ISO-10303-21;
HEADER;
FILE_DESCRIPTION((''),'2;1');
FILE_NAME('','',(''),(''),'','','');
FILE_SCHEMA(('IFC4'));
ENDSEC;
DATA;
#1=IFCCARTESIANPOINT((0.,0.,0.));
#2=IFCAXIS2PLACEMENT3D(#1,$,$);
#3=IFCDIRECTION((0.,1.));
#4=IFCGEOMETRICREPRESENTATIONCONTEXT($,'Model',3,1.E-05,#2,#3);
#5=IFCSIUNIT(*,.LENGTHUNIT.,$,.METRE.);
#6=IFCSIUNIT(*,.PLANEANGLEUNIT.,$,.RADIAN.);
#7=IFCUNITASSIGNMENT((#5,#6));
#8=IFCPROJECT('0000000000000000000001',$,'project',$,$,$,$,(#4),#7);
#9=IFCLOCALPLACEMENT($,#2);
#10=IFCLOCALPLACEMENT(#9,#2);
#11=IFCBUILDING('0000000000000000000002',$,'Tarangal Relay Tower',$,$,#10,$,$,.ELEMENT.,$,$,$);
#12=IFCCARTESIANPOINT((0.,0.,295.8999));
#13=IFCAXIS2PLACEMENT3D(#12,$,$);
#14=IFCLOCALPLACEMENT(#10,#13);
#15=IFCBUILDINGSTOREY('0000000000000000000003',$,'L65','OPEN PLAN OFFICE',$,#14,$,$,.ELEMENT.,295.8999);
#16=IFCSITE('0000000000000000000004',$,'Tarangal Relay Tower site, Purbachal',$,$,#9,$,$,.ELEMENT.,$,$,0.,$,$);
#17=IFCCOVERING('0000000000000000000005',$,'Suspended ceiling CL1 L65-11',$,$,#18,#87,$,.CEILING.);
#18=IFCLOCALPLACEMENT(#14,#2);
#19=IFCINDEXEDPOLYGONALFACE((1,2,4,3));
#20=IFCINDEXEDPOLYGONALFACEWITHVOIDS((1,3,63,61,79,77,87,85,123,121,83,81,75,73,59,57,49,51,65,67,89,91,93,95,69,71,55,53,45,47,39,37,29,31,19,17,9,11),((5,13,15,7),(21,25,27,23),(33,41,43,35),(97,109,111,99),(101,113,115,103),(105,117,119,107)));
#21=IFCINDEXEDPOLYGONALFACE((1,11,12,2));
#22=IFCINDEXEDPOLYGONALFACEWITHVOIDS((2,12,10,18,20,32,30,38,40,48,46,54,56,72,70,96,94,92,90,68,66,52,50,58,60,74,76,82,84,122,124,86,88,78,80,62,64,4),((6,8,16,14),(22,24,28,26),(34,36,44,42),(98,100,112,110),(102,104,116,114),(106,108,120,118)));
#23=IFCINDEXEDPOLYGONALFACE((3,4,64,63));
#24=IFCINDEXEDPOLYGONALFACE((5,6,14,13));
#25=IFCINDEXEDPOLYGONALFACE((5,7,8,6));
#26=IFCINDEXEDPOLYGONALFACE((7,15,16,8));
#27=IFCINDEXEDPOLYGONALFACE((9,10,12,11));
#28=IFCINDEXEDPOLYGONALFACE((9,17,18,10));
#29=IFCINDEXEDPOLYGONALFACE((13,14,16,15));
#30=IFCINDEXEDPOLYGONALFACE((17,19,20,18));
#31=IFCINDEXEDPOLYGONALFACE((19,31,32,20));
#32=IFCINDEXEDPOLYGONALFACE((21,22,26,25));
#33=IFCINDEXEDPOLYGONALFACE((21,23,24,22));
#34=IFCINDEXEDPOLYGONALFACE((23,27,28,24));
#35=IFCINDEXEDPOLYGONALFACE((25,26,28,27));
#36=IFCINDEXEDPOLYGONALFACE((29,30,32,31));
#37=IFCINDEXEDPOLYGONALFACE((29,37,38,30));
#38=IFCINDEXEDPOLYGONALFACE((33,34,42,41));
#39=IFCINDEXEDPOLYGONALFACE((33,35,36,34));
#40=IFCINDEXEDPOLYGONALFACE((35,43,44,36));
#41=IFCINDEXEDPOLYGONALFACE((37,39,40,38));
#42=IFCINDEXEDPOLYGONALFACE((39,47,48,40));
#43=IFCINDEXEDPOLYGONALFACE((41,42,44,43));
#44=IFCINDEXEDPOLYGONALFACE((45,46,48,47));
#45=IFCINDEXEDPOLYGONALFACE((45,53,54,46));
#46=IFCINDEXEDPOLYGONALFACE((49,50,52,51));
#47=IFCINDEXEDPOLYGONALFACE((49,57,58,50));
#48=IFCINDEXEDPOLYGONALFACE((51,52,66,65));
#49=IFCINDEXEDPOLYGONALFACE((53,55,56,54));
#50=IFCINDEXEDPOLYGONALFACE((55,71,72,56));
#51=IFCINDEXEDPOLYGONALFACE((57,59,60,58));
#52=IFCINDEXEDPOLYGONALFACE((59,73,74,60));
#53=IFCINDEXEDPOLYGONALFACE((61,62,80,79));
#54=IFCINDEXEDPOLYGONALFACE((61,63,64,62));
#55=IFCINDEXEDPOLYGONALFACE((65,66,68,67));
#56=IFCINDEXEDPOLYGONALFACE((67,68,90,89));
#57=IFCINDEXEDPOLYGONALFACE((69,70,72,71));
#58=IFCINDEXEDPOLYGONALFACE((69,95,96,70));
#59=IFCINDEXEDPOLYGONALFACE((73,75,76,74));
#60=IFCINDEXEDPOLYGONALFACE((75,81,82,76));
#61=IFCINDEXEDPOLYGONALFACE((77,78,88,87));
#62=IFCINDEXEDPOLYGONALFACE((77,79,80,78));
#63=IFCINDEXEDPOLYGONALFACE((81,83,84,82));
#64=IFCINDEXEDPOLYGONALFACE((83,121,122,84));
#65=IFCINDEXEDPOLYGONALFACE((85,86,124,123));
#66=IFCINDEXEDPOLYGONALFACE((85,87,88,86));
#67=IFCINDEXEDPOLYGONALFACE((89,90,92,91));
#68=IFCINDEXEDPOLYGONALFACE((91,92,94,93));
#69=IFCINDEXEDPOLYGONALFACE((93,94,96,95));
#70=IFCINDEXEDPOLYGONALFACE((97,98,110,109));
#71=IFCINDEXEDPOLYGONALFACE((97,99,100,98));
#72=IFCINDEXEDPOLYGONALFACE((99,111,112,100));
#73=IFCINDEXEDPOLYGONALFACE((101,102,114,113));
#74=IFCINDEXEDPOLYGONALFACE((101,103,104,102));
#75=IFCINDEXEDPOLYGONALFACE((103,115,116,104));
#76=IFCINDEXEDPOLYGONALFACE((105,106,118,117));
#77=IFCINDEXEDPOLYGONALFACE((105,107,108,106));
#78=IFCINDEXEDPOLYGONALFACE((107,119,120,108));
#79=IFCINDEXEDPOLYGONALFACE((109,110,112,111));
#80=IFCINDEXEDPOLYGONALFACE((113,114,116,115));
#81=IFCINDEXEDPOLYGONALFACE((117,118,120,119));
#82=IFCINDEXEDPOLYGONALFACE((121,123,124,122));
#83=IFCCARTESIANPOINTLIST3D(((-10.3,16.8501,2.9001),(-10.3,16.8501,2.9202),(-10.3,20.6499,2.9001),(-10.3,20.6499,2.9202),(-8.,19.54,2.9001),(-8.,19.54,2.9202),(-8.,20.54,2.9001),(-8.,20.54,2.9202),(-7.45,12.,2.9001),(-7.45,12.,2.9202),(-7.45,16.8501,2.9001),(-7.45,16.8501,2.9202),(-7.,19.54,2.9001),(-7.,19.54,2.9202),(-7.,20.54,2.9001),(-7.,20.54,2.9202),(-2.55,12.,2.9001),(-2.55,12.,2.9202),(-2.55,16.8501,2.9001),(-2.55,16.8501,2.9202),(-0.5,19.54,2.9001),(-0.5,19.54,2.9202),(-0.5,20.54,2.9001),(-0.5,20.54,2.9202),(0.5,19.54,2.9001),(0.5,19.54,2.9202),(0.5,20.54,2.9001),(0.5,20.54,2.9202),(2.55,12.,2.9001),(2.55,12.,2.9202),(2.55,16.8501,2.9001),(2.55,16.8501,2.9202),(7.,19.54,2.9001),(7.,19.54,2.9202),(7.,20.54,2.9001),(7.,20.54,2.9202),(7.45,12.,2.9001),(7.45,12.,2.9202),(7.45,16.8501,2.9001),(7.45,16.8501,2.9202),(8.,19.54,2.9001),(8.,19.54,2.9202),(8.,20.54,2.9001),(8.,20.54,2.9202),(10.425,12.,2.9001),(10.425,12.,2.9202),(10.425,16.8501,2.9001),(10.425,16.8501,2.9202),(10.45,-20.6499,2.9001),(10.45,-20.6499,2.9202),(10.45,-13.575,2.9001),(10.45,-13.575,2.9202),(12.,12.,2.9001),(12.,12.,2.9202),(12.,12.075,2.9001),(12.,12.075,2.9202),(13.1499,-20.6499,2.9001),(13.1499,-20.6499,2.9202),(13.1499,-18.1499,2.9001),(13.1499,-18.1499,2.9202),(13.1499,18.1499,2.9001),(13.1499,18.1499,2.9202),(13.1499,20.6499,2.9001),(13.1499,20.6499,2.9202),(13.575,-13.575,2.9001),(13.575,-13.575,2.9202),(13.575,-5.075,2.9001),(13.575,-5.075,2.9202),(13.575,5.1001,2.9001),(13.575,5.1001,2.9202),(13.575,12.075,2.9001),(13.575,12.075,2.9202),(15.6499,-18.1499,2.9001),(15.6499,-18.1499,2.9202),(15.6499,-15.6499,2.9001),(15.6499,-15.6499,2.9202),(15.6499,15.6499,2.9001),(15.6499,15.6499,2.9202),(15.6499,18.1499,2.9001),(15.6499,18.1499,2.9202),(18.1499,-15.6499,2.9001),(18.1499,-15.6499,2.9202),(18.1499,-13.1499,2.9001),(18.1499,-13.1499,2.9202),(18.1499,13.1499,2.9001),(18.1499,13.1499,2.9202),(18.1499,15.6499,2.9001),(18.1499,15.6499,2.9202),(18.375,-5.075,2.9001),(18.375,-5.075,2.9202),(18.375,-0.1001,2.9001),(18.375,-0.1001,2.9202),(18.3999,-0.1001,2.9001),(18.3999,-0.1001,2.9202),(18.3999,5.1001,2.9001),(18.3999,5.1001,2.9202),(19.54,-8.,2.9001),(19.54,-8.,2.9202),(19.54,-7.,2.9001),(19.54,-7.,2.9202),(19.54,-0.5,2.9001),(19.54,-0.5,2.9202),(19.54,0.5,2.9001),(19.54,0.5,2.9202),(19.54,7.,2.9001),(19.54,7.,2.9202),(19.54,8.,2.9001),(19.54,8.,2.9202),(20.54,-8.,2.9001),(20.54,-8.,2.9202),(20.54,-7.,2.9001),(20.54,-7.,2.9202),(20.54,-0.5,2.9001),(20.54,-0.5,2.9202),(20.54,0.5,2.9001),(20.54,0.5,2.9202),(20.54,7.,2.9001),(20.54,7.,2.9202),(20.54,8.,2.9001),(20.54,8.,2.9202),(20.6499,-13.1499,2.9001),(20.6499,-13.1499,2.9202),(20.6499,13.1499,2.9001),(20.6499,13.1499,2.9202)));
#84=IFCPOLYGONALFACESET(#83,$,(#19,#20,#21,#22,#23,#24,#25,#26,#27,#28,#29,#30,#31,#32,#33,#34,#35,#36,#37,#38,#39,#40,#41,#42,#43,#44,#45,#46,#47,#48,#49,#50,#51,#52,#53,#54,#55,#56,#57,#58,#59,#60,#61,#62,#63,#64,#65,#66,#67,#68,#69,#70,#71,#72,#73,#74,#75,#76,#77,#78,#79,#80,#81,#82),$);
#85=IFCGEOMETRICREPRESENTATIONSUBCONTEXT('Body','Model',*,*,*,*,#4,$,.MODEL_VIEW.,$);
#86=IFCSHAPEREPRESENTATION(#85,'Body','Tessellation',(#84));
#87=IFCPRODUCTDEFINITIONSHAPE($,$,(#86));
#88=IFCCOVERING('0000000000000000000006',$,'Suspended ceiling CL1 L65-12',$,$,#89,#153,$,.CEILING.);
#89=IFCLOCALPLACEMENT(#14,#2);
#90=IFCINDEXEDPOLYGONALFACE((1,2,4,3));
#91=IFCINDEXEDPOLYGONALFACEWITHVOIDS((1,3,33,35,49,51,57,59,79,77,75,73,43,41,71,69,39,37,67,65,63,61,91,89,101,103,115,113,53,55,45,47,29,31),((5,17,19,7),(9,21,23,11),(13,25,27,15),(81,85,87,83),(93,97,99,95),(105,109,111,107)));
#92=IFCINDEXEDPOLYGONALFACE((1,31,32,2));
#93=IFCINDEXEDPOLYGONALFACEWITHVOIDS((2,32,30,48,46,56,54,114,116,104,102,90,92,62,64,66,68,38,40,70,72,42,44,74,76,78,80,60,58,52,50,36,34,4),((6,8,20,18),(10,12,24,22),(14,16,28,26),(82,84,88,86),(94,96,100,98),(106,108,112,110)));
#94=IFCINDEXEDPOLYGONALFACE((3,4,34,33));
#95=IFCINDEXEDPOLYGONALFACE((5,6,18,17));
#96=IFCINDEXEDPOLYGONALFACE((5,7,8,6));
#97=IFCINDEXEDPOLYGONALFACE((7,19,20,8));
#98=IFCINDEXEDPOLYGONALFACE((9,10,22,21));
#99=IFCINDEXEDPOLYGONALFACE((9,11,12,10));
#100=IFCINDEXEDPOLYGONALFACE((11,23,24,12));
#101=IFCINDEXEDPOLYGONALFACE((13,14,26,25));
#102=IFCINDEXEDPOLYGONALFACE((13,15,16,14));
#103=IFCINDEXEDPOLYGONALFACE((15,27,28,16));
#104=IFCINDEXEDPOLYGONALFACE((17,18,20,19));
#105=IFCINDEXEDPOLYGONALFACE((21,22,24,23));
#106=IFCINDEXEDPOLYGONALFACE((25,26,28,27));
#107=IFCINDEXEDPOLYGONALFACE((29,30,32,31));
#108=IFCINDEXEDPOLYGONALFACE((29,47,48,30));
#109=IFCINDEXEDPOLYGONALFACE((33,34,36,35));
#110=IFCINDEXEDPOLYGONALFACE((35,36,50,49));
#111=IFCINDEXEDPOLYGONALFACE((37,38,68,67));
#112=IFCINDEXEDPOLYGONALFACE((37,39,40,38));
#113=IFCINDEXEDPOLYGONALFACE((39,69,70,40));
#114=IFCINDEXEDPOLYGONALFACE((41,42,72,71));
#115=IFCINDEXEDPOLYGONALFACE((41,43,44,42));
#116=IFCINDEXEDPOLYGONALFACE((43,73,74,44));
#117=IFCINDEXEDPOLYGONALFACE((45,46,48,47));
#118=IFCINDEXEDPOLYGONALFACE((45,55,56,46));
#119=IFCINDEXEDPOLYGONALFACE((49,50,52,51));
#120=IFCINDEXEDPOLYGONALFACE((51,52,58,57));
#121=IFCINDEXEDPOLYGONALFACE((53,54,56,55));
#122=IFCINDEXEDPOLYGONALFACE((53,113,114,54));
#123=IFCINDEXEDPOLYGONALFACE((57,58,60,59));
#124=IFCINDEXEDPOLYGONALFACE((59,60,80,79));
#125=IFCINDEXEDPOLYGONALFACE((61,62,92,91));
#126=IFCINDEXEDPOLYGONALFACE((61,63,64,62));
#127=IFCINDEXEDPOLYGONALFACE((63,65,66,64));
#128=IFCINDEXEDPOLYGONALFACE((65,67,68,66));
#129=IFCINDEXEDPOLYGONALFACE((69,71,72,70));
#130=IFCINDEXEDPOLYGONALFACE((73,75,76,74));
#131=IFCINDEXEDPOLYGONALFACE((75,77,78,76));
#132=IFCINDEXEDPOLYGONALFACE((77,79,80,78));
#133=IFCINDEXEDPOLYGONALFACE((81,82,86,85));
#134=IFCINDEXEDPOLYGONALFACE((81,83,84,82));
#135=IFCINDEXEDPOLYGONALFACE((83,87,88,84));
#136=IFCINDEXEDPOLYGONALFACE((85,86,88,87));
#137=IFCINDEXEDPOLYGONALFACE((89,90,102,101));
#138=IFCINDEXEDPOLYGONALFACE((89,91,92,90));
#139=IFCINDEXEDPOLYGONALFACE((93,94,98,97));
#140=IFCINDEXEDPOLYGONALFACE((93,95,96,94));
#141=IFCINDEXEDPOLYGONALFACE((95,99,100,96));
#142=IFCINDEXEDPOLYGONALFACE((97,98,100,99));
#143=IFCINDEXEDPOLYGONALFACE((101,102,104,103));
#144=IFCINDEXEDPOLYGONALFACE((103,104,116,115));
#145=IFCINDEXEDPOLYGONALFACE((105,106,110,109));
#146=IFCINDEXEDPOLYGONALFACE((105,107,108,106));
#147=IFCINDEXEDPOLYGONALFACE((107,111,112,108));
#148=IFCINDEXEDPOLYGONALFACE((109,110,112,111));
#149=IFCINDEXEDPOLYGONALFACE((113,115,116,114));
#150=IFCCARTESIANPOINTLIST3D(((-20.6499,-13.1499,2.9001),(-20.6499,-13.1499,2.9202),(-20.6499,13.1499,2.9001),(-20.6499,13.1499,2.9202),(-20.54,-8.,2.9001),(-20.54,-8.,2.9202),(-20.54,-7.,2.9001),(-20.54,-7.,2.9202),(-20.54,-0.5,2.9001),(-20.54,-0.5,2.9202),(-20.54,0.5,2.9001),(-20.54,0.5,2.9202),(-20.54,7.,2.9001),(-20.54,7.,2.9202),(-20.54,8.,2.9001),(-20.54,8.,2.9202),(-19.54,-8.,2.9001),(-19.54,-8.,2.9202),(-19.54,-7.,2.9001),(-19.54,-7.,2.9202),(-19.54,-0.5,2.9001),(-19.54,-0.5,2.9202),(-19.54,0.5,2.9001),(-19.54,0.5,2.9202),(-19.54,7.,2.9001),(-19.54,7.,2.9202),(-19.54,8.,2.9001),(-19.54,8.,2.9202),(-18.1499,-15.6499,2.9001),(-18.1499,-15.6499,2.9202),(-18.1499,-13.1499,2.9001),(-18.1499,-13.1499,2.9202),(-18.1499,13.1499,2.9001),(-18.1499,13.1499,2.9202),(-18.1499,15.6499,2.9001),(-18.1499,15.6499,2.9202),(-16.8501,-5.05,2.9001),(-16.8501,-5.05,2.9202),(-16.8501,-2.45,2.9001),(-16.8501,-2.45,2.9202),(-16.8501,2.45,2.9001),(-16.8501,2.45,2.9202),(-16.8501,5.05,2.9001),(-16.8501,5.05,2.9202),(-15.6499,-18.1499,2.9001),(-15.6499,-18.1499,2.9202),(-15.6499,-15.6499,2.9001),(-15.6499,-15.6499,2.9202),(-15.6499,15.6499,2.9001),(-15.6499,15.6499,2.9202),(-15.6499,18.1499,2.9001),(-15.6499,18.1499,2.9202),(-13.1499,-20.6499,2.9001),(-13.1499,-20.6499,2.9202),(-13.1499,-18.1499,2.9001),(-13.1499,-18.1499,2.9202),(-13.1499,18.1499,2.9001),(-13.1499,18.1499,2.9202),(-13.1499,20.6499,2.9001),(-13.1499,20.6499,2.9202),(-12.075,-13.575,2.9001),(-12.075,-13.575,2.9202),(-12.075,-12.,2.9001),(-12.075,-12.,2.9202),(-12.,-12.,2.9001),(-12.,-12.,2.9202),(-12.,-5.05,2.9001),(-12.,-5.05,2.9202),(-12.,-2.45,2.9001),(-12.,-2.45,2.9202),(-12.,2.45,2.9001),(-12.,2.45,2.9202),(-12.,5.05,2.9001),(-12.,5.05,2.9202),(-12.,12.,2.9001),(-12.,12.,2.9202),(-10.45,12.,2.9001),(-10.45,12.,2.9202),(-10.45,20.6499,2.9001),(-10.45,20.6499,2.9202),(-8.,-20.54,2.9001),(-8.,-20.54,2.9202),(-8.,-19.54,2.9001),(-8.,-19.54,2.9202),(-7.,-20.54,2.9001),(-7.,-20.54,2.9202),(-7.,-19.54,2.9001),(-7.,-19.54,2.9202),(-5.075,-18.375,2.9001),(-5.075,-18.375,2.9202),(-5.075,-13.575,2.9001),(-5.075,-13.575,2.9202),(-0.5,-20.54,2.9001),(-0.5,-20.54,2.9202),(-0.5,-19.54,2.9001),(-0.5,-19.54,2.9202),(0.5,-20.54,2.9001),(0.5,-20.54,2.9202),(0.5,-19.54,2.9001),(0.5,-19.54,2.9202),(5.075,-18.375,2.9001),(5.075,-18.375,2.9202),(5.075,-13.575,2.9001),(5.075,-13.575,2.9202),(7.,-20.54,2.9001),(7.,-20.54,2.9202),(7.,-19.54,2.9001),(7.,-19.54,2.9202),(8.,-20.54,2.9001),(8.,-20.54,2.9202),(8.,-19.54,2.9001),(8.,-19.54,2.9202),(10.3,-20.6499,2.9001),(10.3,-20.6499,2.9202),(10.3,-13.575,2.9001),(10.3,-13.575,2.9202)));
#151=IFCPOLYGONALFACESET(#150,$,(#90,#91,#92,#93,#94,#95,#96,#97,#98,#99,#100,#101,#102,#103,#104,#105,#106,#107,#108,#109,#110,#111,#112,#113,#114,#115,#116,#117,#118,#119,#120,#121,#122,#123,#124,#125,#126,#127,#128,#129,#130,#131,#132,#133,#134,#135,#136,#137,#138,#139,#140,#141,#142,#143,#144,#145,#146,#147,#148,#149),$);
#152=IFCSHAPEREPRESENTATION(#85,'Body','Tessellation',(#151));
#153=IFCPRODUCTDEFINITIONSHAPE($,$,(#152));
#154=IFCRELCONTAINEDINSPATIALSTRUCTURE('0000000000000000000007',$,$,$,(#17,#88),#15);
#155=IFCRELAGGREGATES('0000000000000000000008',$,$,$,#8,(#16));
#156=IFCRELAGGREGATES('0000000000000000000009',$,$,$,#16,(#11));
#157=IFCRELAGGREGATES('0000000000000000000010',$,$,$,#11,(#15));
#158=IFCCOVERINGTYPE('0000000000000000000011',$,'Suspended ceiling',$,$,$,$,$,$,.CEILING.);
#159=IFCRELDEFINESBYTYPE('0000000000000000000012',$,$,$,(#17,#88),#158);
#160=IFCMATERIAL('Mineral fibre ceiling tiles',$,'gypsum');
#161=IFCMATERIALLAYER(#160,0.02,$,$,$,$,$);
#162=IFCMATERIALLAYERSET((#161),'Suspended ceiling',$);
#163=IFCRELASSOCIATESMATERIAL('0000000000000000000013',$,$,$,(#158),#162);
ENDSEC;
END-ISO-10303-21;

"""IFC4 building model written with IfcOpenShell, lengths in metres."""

from ifc_helpers import new_model, si_unit, direction, frame, origin, place, context, subcontext, project, spatial, polyline, outline, extrude, material, layer, layer_set, type_object, element, save


model = new_model("IFC4")

# Units and contexts
model_context = context("Model", 3, precision=1e-05, world=origin(), true_north=direction((0.0, 1.0)))
body_context = subcontext(model_context, "Body", "Model", "MODEL_VIEW")
ifc_project = project(units=[si_unit("LENGTHUNIT", "METRE"), si_unit("PLANEANGLEUNIT", "RADIAN")], contexts=[model_context])

# Site, building, storey
site_placement = place(None, origin())
site = spatial("IfcSite", under=ifc_project, at=site_placement, Name="Tarangal Relay Tower site, Purbachal", CompositionType="ELEMENT", RefElevation=0.0)
building_placement = place(site_placement, origin())
building = spatial("IfcBuilding", under=site, at=building_placement, Name="Tarangal Relay Tower", CompositionType="ELEMENT")
storey_placement = place(building_placement, frame((0.0, 0.0, 295.8999)))
storey = spatial("IfcBuildingStorey", under=building, at=storey_placement, Name="L65", Description="OPEN PLAN OFFICE", CompositionType="ELEMENT", Elevation=295.8999)

# Coverings
ifc_material_1 = material(Name="Mineral fibre ceiling tiles", Category="gypsum")
ifc_layer_1 = layer(ifc_material_1, 0.02)
ifc_layer_set_1 = layer_set([ifc_layer_1], Name="Suspended ceiling")
covering_type = type_object("IfcCoveringType", Name="Suspended ceiling", PredefinedType="CEILING", material=ifc_layer_set_1)
covering_1_placement = place(storey_placement, frame((0.0, 0.0, 2.9001)))
element("IfcCovering", 1, at=covering_1_placement, inside=storey, type_object=covering_type, Name="Suspended ceiling CL1 L65-11", PredefinedType="CEILING", context=body_context, shape_type="SweptSolid", body=[
    extrude(outline(polyline([(7.45, 12.0), (7.45, 16.8501), (10.425, 16.8501), (10.425, 12.0), (12.0, 12.0), (12.0, 12.075), (13.575, 12.075), (13.575, 5.1001), (18.3999, 5.1001), (18.3999, -0.1001), (18.375, -0.1001), (18.375, -5.075), (13.575, -5.075), (13.575, -13.575), (10.45, -13.575), (10.45, -20.6499), (13.1499, -20.6499), (13.1499, -18.1499), (15.6499, -18.1499), (15.6499, -15.6499), (18.1499, -15.6499), (18.1499, -13.1499), (20.6499, -13.1499), (20.6499, 13.1499), (18.1499, 13.1499), (18.1499, 15.6499), (15.6499, 15.6499), (15.6499, 18.1499), (13.1499, 18.1499), (13.1499, 20.6499), (-10.3, 20.6499), (-10.3, 16.8501), (-7.45, 16.8501), (-7.45, 12.0), (-2.55, 12.0), (-2.55, 16.8501), (2.55, 16.8501), (2.55, 12.0), (7.45, 12.0)]), holes=[polyline([(19.54, -8.0), (20.54, -8.0), (20.54, -7.0), (19.54, -7.0), (19.54, -8.0)]), polyline([(19.54, 0.5), (19.54, -0.5), (20.54, -0.5), (20.54, 0.5), (19.54, 0.5)]), polyline([(19.54, 8.0), (19.54, 7.0), (20.54, 7.0), (20.54, 8.0), (19.54, 8.0)]), polyline([(-8.0, 19.54), (-7.0, 19.54), (-7.0, 20.54), (-8.0, 20.54), (-8.0, 19.54)]), polyline([(-0.5, 20.54), (-0.5, 19.54), (0.5, 19.54), (0.5, 20.54), (-0.5, 20.54)]), polyline([(7.0, 20.54), (7.0, 19.54), (8.0, 19.54), (8.0, 20.54), (7.0, 20.54)])]), origin(), (0.0, 0.0, 1.0), 0.02),
])
covering_2_placement = place(storey_placement, frame((0.0, 0.0, 2.9001)))
element("IfcCovering", 2, at=covering_2_placement, inside=storey, type_object=covering_type, Name="Suspended ceiling CL1 L65-12", PredefinedType="CEILING", context=body_context, shape_type="SweptSolid", body=[
    extrude(outline(polyline([(-12.0, 12.0), (-10.45, 12.0), (-10.45, 20.6499), (-13.1499, 20.6499), (-13.1499, 18.1499), (-15.6499, 18.1499), (-15.6499, 15.6499), (-18.1499, 15.6499), (-18.1499, 13.1499), (-20.6499, 13.1499), (-20.6499, -13.1499), (-18.1499, -13.1499), (-18.1499, -15.6499), (-15.6499, -15.6499), (-15.6499, -18.1499), (-13.1499, -18.1499), (-13.1499, -20.6499), (10.3, -20.6499), (10.3, -13.575), (5.075, -13.575), (5.075, -18.375), (-5.075, -18.375), (-5.075, -13.575), (-12.075, -13.575), (-12.075, -12.0), (-12.0, -12.0), (-12.0, -5.05), (-16.8501, -5.05), (-16.8501, -2.45), (-12.0, -2.45), (-12.0, 2.45), (-16.8501, 2.45), (-16.8501, 5.05), (-12.0, 5.05), (-12.0, 12.0)]), holes=[polyline([(-8.0, -20.54), (-7.0, -20.54), (-7.0, -19.54), (-8.0, -19.54), (-8.0, -20.54)]), polyline([(-0.5, -19.54), (-0.5, -20.54), (0.5, -20.54), (0.5, -19.54), (-0.5, -19.54)]), polyline([(7.0, -19.54), (7.0, -20.54), (8.0, -20.54), (8.0, -19.54), (7.0, -19.54)]), polyline([(-20.54, -8.0), (-19.54, -8.0), (-19.54, -7.0), (-20.54, -7.0), (-20.54, -8.0)]), polyline([(-20.54, 0.5), (-20.54, -0.5), (-19.54, -0.5), (-19.54, 0.5), (-20.54, 0.5)]), polyline([(-20.54, 8.0), (-20.54, 7.0), (-19.54, 7.0), (-19.54, 8.0), (-20.54, 8.0)])]), origin(), (0.0, 0.0, 1.0), 0.02),
])

save(model, "model.ifc")
